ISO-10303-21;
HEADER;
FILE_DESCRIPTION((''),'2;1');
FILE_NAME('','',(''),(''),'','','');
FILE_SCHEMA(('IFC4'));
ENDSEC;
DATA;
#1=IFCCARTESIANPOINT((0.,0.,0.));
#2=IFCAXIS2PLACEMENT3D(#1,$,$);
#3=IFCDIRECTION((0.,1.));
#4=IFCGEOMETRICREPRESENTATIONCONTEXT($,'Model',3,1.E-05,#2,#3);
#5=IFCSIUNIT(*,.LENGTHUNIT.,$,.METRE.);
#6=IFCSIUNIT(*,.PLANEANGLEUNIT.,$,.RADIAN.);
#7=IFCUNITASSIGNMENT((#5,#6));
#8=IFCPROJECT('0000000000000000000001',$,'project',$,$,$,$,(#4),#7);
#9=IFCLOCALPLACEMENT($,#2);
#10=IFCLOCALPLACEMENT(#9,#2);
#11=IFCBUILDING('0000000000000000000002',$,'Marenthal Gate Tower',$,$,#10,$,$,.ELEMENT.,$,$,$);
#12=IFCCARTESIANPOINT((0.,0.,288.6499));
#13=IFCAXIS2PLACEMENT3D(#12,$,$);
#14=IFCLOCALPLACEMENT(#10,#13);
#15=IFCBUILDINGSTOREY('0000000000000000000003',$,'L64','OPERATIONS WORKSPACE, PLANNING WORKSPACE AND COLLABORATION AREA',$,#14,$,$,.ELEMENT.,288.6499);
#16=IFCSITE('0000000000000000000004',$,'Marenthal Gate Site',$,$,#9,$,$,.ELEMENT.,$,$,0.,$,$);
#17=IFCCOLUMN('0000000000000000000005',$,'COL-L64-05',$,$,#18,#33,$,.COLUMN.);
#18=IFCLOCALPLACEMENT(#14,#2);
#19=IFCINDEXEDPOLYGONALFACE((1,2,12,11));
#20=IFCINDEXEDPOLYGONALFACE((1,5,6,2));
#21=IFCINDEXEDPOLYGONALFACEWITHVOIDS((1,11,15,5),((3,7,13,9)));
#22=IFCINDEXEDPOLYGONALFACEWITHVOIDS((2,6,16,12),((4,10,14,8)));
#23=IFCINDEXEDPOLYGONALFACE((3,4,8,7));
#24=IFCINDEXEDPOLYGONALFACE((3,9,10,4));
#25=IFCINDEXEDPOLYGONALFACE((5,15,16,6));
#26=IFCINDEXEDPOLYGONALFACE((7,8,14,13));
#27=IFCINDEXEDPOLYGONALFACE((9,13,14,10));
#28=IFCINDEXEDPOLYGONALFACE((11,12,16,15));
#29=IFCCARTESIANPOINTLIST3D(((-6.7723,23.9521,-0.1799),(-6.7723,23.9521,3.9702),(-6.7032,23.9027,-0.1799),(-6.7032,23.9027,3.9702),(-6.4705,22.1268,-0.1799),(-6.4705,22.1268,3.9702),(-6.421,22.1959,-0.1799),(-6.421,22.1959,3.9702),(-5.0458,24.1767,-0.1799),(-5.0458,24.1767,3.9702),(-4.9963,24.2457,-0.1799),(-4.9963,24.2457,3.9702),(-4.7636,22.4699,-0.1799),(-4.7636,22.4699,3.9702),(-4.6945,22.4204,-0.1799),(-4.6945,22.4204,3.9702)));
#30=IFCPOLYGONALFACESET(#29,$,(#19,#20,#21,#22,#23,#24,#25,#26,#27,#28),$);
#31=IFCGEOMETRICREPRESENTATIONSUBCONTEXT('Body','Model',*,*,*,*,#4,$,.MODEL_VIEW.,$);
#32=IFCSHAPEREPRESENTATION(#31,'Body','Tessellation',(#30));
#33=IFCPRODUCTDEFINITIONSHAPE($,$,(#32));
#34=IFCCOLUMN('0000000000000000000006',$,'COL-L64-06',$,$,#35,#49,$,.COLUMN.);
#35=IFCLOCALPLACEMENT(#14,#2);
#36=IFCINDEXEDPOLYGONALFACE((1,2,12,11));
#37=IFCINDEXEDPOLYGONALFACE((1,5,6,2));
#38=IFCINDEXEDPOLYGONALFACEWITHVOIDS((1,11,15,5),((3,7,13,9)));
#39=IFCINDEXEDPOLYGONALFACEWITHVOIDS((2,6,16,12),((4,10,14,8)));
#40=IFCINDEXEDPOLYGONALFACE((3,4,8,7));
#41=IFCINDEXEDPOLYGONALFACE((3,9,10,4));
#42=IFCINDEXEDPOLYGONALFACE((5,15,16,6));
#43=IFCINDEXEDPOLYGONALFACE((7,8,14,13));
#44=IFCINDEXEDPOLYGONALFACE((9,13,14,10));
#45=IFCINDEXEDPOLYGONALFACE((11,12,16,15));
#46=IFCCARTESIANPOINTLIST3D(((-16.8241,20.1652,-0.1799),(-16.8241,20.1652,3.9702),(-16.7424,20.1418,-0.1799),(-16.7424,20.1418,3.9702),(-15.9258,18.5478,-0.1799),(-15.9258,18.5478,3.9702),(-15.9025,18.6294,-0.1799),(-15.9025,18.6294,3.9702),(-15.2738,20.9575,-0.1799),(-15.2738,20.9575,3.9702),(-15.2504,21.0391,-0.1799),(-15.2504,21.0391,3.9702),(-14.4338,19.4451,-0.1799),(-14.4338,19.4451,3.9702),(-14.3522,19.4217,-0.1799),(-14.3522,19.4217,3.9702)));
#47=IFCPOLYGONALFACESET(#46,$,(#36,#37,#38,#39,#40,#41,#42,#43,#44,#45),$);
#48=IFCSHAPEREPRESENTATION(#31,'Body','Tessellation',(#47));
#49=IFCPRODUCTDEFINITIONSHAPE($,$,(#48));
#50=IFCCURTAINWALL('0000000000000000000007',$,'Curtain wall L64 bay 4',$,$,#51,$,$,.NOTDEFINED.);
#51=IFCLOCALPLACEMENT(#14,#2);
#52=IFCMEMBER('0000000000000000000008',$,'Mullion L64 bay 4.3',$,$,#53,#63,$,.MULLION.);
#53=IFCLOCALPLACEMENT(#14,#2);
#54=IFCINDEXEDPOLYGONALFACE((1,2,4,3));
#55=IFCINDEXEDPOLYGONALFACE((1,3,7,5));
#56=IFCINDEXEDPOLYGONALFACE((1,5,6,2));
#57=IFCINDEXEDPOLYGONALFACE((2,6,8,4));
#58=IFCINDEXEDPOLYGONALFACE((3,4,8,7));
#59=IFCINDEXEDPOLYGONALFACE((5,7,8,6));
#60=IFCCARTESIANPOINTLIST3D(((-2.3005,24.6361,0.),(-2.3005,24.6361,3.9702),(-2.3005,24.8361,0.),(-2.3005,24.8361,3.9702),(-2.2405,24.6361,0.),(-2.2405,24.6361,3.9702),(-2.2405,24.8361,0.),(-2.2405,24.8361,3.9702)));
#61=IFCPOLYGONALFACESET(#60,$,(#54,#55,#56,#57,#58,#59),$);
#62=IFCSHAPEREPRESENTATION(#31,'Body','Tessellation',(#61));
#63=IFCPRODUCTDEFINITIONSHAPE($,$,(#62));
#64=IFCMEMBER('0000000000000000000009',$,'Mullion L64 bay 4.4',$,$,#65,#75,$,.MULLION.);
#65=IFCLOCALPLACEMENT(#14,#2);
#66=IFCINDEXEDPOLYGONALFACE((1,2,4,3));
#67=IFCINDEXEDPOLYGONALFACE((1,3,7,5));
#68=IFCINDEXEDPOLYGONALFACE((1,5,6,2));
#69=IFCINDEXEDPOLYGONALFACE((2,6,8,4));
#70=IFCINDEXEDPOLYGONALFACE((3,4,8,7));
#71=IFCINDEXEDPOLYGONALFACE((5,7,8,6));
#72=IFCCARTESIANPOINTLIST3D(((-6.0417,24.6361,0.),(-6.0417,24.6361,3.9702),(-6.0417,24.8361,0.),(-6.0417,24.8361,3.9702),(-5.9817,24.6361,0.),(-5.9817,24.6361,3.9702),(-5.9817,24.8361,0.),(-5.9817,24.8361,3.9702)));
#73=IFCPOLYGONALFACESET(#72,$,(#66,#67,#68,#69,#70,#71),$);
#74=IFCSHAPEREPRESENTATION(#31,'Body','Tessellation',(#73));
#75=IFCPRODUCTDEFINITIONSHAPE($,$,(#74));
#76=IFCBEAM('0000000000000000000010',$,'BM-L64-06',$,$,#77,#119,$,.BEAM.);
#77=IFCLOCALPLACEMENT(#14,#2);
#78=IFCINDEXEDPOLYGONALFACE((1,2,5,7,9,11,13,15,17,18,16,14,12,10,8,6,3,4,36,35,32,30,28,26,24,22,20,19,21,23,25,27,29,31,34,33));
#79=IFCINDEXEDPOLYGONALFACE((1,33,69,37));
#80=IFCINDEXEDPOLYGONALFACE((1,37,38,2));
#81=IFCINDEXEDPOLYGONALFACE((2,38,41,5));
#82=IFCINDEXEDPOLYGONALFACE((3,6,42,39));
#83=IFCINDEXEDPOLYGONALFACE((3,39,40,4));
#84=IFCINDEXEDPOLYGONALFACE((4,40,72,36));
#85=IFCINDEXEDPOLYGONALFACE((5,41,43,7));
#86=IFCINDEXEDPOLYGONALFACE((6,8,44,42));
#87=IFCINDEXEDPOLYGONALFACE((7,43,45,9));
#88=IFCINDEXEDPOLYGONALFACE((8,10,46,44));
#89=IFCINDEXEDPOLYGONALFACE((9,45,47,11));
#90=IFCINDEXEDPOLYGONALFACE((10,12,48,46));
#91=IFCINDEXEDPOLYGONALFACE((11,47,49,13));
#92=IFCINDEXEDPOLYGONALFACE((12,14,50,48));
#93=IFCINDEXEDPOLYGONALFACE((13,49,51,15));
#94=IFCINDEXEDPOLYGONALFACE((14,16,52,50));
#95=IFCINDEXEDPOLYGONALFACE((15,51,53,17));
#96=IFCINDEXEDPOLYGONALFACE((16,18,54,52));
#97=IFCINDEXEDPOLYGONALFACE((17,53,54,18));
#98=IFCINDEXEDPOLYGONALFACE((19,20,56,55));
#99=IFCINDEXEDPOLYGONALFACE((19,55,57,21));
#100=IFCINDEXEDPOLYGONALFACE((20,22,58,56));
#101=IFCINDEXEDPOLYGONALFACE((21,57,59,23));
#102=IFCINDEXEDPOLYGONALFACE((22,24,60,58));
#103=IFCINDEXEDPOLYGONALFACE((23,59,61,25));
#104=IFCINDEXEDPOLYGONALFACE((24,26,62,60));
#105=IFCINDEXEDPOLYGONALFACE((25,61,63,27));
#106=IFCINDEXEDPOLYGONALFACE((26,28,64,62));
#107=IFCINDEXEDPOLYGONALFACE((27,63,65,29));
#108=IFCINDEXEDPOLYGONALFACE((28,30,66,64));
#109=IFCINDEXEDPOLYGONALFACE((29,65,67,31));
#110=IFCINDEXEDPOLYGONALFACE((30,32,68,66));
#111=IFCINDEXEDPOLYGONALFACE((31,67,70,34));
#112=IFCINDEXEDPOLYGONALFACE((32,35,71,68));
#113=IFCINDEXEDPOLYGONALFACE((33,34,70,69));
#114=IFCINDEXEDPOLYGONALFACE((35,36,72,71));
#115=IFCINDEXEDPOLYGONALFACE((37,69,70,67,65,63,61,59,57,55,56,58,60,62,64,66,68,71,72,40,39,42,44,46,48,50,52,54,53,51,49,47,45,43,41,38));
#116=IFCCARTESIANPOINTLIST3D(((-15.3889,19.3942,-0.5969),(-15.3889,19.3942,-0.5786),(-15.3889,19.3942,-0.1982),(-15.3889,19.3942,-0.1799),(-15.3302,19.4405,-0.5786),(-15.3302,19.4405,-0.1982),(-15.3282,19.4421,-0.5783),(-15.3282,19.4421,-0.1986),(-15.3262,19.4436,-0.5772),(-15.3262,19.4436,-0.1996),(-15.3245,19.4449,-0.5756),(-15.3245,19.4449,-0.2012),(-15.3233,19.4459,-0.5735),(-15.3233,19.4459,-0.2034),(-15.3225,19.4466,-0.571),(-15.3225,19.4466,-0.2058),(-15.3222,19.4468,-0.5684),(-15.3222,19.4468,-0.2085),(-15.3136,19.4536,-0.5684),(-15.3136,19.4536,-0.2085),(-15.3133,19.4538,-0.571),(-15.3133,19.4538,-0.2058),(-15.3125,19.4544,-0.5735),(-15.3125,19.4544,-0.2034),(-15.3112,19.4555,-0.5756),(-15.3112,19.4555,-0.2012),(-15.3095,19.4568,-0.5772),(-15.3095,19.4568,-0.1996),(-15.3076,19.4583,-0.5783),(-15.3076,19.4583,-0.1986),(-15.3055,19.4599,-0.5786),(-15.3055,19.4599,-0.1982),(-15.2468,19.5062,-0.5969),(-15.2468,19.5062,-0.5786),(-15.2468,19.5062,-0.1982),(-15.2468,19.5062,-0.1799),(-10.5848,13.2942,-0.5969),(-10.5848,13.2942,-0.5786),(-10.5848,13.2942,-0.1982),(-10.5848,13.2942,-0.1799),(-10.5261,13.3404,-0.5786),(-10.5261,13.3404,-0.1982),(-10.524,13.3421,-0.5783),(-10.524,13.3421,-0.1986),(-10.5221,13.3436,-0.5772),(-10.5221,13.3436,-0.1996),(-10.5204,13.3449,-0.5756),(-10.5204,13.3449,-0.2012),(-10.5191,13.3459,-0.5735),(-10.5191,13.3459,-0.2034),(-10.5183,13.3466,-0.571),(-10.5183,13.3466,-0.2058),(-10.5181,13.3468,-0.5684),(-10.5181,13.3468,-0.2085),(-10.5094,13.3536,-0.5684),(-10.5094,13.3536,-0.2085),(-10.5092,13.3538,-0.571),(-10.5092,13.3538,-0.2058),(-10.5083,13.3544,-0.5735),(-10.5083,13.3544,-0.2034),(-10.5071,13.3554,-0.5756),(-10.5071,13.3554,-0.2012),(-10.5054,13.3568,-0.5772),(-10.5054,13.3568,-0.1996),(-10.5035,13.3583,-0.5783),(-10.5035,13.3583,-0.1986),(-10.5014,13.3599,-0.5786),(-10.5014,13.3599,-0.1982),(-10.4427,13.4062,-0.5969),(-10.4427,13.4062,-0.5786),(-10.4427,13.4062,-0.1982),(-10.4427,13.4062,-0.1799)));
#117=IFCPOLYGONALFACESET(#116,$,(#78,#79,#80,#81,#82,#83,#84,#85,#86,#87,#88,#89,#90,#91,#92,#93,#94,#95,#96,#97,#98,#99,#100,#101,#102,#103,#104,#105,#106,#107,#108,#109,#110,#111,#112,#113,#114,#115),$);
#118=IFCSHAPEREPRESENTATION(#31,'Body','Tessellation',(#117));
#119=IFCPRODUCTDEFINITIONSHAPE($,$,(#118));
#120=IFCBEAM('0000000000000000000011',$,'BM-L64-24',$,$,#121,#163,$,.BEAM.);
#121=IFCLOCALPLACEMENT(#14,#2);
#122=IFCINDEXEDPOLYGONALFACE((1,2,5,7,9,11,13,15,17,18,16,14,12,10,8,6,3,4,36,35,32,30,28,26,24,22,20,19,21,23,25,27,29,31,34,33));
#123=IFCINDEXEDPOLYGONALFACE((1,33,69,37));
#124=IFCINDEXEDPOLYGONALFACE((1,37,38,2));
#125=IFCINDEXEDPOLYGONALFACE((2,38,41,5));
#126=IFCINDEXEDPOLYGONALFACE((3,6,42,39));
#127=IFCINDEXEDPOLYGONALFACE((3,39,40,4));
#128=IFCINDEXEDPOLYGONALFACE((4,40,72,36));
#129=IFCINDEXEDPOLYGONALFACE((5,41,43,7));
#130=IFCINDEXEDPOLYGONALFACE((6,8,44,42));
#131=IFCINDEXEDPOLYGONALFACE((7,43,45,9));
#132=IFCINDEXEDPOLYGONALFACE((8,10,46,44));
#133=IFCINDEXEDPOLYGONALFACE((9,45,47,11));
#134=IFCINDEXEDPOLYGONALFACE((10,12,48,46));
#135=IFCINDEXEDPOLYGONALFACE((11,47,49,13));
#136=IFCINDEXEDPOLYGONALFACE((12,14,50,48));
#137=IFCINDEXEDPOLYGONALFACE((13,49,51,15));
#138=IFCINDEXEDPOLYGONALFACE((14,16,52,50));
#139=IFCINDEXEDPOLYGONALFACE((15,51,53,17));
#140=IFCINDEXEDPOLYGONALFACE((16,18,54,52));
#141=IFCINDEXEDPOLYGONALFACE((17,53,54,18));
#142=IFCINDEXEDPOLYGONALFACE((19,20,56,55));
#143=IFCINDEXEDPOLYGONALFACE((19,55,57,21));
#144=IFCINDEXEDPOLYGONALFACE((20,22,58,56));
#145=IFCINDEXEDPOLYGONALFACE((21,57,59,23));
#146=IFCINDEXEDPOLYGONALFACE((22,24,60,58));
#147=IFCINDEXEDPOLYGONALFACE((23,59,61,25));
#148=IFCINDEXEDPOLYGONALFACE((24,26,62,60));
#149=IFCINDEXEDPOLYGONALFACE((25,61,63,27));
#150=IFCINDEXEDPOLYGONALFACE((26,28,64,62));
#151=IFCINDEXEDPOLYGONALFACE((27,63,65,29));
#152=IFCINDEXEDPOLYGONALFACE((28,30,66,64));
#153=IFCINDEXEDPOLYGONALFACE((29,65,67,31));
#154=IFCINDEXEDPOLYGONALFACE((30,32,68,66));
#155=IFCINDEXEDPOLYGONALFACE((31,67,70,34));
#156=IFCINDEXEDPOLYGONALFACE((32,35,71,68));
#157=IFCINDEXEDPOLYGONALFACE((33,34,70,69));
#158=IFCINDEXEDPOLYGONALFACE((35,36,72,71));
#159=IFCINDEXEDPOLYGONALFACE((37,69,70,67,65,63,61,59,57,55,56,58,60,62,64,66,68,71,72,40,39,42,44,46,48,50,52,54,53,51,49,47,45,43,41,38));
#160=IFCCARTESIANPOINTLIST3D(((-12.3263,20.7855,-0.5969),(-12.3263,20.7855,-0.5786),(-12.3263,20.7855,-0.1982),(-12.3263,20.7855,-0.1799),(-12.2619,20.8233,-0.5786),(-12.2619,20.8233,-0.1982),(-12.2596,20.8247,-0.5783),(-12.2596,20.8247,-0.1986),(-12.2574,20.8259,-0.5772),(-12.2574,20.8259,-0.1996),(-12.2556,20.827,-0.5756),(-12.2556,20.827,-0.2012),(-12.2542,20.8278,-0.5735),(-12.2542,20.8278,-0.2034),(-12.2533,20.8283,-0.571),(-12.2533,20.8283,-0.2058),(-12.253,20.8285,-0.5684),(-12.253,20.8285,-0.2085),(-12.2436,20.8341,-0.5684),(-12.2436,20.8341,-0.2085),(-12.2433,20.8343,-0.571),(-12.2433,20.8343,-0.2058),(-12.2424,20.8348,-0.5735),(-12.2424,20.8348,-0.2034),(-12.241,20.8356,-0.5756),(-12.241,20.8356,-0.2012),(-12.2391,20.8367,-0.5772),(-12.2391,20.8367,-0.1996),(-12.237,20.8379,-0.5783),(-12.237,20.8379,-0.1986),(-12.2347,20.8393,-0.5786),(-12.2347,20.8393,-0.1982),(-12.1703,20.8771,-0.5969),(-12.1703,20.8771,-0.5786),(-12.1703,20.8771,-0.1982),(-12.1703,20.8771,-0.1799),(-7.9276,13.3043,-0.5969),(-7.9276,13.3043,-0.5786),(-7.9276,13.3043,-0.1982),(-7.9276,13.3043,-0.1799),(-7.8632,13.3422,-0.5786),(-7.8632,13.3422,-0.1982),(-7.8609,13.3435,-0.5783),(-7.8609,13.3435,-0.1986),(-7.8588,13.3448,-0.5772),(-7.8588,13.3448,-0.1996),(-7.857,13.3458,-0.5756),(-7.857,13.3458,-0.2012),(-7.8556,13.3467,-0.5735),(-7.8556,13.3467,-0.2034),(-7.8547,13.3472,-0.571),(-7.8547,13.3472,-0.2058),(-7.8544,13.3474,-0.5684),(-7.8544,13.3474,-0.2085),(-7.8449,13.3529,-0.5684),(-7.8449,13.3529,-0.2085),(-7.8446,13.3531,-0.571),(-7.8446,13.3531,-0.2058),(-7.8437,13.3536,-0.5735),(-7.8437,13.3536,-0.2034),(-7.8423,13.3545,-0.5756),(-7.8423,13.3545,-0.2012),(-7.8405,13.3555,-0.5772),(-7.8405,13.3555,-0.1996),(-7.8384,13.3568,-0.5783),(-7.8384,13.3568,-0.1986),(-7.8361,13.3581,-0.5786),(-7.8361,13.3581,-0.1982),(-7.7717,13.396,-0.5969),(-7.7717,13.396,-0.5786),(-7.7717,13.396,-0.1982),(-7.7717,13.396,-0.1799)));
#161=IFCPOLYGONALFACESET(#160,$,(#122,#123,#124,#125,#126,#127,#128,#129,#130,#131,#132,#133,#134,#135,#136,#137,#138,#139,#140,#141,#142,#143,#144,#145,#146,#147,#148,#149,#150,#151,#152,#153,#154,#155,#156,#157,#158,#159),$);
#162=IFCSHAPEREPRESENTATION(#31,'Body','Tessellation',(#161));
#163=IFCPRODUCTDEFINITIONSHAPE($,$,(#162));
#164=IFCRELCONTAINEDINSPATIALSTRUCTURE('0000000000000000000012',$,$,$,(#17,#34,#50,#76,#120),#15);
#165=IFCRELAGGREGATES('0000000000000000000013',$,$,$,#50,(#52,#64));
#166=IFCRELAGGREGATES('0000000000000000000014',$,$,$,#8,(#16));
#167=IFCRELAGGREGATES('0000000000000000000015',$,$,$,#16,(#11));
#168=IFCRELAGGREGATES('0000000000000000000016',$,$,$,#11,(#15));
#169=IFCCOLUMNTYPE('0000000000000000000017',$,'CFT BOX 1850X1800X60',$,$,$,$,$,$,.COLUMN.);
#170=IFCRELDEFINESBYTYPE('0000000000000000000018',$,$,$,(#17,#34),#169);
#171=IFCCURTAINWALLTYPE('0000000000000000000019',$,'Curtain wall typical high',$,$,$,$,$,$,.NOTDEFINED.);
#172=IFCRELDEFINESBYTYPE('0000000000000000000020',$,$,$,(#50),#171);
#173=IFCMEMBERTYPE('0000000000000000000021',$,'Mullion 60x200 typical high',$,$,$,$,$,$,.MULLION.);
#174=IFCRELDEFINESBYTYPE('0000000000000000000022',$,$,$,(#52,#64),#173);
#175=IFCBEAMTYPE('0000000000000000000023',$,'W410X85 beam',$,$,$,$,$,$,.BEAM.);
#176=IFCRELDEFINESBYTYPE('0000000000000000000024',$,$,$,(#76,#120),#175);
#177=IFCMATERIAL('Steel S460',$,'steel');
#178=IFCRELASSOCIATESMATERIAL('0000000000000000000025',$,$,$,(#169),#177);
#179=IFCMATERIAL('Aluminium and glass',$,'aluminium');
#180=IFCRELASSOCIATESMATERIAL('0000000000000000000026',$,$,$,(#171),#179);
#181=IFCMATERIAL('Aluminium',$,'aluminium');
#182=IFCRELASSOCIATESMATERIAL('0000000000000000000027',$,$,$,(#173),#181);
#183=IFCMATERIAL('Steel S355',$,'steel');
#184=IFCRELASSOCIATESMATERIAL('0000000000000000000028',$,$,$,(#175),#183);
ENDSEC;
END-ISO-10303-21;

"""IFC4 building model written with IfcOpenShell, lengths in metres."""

from ifc_helpers import new_model, si_unit, direction, frame, origin, origin_2d, place, context, subcontext, project, spatial, rectangle, hollow_rectangle, i_section, extrude, material, material_profile, profile_set, type_object, element, aggregate, save


model = new_model("IFC4")

# Units and contexts
model_context = context("Model", 3, precision=1e-05, world=origin(), true_north=direction((0.0, 1.0)))
body_context = subcontext(model_context, "Body", "Model", "MODEL_VIEW")
ifc_project = project(units=[si_unit("LENGTHUNIT", "METRE"), si_unit("PLANEANGLEUNIT", "RADIAN")], contexts=[model_context])

# Site, building, storey
site_placement = place(None, origin())
site = spatial("IfcSite", under=ifc_project, at=site_placement, Name="Marenthal Gate Site", CompositionType="ELEMENT", RefElevation=0.0)
building_placement = place(site_placement, origin())
building = spatial("IfcBuilding", under=site, at=building_placement, Name="Marenthal Gate Tower", CompositionType="ELEMENT")
storey_placement = place(building_placement, frame((0.0, 0.0, 288.6499)))
storey = spatial("IfcBuildingStorey", under=building, at=storey_placement, Name="L64", Description="OPERATIONS WORKSPACE, PLANNING WORKSPACE AND COLLABORATION AREA", CompositionType="ELEMENT", Elevation=288.6499)

# Columns
ifc_material_1 = material(Name="Steel S460", Category="steel")
ifc_material_profile_1 = material_profile(ifc_material_1, hollow_rectangle(XDim=1.8, YDim=1.8501, WallThickness=0.0601, at=origin_2d()), Name="CFT BOX 1850X1800X60")
ifc_material_2 = material(Name="Concrete 70 MPa", Category="concrete")
ifc_material_profile_2 = material_profile(ifc_material_2, rectangle(XDim=1.6799, YDim=1.73, at=origin_2d()), Name="CFT BOX 1850X1800X60 INFILL")
ifc_profile_set_1 = profile_set([ifc_material_profile_1, ifc_material_profile_2], Name="Steel S460 shell, Concrete 70 MPa infill")
column_type = type_object("IfcColumnType", Name="CFT BOX 1850X1800X60", PredefinedType="COLUMN", material=ifc_profile_set_1)
for number, where, z_axis, x_axis, name in (
    (1, (-5.7334, 23.1863, -0.1799), (0.0, 0.0, 1.0), (0.986606, 0.163119, 0.0), "COL-L64-05"),
    (2, (-15.5881, 19.7935, -0.1799), (0.0, 0.0, 1.0), (0.874222, 0.485527, 0.0), "COL-L64-06"),
):
    element("IfcColumn", number, at=place(storey_placement, frame(where, z_axis=z_axis, x_axis=x_axis)), inside=storey, type_object=column_type, Name=name, PredefinedType="COLUMN", context=body_context, shape_type="SweptSolid", body=[
        extrude(hollow_rectangle(XDim=1.8, YDim=1.8501, WallThickness=0.0601, at=origin_2d()), origin(), (0.0, 0.0, 1.0), 4.1501),
    ])

# Curtain wall, members
ifc_material_3 = material(Name="Aluminium and glass", Category="aluminium")
curtain_wall_type = type_object("IfcCurtainWallType", Name="Curtain wall typical high", PredefinedType="NOTDEFINED", material=ifc_material_3)
curtain_wall_placement = place(storey_placement, origin())
curtain_wall = element("IfcCurtainWall", 3, at=curtain_wall_placement, inside=storey, type_object=curtain_wall_type, Name="Curtain wall L64 bay 4", PredefinedType="NOTDEFINED")
ifc_material_4 = material(Name="Aluminium", Category="aluminium")
ifc_material_profile_3 = material_profile(ifc_material_4, rectangle(XDim=0.2, YDim=0.0601, at=origin_2d()), Name="60x200 aluminium mullion")
ifc_profile_set_2 = profile_set([ifc_material_profile_3], Name="Aluminium")
member_type = type_object("IfcMemberType", Name="Mullion 60x200 typical high", PredefinedType="MULLION", material=ifc_profile_set_2)
member_1_placement = place(storey_placement, frame((-2.2705, 24.7361, 0.0), z_axis=(0.0, 0.0, 1.0), x_axis=(0.0, -1.0, 0.0)))
member_1 = element("IfcMember", 4, at=member_1_placement, type_object=member_type, Name="Mullion L64 bay 4.3", PredefinedType="MULLION", context=body_context, shape_type="SweptSolid", body=[
    extrude(rectangle(XDim=0.2, YDim=0.0601, at=origin_2d()), origin(), (0.0, 0.0, 1.0), 3.9702),
])
member_2_placement = place(storey_placement, frame((-6.0117, 24.7361, 0.0), z_axis=(0.0, 0.0, 1.0), x_axis=(0.0, -1.0, 0.0)))
member_2 = element("IfcMember", 5, at=member_2_placement, type_object=member_type, Name="Mullion L64 bay 4.4", PredefinedType="MULLION", context=body_context, shape_type="SweptSolid", body=[
    extrude(rectangle(XDim=0.2, YDim=0.0601, at=origin_2d()), origin(), (0.0, 0.0, 1.0), 3.9702),
])

# Beams
ifc_material_5 = material(Name="Steel S355", Category="steel")
ifc_material_profile_4 = material_profile(ifc_material_5, i_section(OverallWidth=0.1809, OverallDepth=0.417, WebThickness=0.011, FlangeThickness=0.0183, FilletRadius=0.0103, at=origin_2d()), Name="W410X85")
ifc_profile_set_3 = profile_set([ifc_material_profile_4], Name="Steel S355")
beam_type_1 = type_object("IfcBeamType", Name="W410X85 beam", PredefinedType="BEAM", material=ifc_profile_set_3)
beam_1_placement = place(storey_placement, frame((-15.3179, 19.4502, -0.3884), z_axis=(0.618718, -0.785613, 0.0), x_axis=(0.785613, 0.618718, 0.0)))
element("IfcBeam", 6, at=beam_1_placement, inside=storey, type_object=beam_type_1, Name="BM-L64-06", PredefinedType="BEAM", context=body_context, shape_type="SweptSolid", body=[
    extrude(i_section(OverallWidth=0.1809, OverallDepth=0.417, WebThickness=0.011, FlangeThickness=0.0183, FilletRadius=0.0103, at=origin_2d()), origin(), (0.0, 0.0, 1.0), 7.7646),
])
beam_2_placement = place(storey_placement, frame((-12.2483, 20.8313, -0.3884), z_axis=(0.506847, -0.862036, 0.0), x_axis=(0.862036, 0.506847, 0.0)))
element("IfcBeam", 7, at=beam_2_placement, inside=storey, type_object=beam_type_1, Name="BM-L64-24", PredefinedType="BEAM", context=body_context, shape_type="SweptSolid", body=[
    extrude(i_section(OverallWidth=0.1809, OverallDepth=0.417, WebThickness=0.011, FlangeThickness=0.0183, FilletRadius=0.0103, at=origin_2d()), origin(), (0.0, 0.0, 1.0), 8.6785),
])

aggregate(curtain_wall, [member_1, member_2])

save(model, "model.ifc")
